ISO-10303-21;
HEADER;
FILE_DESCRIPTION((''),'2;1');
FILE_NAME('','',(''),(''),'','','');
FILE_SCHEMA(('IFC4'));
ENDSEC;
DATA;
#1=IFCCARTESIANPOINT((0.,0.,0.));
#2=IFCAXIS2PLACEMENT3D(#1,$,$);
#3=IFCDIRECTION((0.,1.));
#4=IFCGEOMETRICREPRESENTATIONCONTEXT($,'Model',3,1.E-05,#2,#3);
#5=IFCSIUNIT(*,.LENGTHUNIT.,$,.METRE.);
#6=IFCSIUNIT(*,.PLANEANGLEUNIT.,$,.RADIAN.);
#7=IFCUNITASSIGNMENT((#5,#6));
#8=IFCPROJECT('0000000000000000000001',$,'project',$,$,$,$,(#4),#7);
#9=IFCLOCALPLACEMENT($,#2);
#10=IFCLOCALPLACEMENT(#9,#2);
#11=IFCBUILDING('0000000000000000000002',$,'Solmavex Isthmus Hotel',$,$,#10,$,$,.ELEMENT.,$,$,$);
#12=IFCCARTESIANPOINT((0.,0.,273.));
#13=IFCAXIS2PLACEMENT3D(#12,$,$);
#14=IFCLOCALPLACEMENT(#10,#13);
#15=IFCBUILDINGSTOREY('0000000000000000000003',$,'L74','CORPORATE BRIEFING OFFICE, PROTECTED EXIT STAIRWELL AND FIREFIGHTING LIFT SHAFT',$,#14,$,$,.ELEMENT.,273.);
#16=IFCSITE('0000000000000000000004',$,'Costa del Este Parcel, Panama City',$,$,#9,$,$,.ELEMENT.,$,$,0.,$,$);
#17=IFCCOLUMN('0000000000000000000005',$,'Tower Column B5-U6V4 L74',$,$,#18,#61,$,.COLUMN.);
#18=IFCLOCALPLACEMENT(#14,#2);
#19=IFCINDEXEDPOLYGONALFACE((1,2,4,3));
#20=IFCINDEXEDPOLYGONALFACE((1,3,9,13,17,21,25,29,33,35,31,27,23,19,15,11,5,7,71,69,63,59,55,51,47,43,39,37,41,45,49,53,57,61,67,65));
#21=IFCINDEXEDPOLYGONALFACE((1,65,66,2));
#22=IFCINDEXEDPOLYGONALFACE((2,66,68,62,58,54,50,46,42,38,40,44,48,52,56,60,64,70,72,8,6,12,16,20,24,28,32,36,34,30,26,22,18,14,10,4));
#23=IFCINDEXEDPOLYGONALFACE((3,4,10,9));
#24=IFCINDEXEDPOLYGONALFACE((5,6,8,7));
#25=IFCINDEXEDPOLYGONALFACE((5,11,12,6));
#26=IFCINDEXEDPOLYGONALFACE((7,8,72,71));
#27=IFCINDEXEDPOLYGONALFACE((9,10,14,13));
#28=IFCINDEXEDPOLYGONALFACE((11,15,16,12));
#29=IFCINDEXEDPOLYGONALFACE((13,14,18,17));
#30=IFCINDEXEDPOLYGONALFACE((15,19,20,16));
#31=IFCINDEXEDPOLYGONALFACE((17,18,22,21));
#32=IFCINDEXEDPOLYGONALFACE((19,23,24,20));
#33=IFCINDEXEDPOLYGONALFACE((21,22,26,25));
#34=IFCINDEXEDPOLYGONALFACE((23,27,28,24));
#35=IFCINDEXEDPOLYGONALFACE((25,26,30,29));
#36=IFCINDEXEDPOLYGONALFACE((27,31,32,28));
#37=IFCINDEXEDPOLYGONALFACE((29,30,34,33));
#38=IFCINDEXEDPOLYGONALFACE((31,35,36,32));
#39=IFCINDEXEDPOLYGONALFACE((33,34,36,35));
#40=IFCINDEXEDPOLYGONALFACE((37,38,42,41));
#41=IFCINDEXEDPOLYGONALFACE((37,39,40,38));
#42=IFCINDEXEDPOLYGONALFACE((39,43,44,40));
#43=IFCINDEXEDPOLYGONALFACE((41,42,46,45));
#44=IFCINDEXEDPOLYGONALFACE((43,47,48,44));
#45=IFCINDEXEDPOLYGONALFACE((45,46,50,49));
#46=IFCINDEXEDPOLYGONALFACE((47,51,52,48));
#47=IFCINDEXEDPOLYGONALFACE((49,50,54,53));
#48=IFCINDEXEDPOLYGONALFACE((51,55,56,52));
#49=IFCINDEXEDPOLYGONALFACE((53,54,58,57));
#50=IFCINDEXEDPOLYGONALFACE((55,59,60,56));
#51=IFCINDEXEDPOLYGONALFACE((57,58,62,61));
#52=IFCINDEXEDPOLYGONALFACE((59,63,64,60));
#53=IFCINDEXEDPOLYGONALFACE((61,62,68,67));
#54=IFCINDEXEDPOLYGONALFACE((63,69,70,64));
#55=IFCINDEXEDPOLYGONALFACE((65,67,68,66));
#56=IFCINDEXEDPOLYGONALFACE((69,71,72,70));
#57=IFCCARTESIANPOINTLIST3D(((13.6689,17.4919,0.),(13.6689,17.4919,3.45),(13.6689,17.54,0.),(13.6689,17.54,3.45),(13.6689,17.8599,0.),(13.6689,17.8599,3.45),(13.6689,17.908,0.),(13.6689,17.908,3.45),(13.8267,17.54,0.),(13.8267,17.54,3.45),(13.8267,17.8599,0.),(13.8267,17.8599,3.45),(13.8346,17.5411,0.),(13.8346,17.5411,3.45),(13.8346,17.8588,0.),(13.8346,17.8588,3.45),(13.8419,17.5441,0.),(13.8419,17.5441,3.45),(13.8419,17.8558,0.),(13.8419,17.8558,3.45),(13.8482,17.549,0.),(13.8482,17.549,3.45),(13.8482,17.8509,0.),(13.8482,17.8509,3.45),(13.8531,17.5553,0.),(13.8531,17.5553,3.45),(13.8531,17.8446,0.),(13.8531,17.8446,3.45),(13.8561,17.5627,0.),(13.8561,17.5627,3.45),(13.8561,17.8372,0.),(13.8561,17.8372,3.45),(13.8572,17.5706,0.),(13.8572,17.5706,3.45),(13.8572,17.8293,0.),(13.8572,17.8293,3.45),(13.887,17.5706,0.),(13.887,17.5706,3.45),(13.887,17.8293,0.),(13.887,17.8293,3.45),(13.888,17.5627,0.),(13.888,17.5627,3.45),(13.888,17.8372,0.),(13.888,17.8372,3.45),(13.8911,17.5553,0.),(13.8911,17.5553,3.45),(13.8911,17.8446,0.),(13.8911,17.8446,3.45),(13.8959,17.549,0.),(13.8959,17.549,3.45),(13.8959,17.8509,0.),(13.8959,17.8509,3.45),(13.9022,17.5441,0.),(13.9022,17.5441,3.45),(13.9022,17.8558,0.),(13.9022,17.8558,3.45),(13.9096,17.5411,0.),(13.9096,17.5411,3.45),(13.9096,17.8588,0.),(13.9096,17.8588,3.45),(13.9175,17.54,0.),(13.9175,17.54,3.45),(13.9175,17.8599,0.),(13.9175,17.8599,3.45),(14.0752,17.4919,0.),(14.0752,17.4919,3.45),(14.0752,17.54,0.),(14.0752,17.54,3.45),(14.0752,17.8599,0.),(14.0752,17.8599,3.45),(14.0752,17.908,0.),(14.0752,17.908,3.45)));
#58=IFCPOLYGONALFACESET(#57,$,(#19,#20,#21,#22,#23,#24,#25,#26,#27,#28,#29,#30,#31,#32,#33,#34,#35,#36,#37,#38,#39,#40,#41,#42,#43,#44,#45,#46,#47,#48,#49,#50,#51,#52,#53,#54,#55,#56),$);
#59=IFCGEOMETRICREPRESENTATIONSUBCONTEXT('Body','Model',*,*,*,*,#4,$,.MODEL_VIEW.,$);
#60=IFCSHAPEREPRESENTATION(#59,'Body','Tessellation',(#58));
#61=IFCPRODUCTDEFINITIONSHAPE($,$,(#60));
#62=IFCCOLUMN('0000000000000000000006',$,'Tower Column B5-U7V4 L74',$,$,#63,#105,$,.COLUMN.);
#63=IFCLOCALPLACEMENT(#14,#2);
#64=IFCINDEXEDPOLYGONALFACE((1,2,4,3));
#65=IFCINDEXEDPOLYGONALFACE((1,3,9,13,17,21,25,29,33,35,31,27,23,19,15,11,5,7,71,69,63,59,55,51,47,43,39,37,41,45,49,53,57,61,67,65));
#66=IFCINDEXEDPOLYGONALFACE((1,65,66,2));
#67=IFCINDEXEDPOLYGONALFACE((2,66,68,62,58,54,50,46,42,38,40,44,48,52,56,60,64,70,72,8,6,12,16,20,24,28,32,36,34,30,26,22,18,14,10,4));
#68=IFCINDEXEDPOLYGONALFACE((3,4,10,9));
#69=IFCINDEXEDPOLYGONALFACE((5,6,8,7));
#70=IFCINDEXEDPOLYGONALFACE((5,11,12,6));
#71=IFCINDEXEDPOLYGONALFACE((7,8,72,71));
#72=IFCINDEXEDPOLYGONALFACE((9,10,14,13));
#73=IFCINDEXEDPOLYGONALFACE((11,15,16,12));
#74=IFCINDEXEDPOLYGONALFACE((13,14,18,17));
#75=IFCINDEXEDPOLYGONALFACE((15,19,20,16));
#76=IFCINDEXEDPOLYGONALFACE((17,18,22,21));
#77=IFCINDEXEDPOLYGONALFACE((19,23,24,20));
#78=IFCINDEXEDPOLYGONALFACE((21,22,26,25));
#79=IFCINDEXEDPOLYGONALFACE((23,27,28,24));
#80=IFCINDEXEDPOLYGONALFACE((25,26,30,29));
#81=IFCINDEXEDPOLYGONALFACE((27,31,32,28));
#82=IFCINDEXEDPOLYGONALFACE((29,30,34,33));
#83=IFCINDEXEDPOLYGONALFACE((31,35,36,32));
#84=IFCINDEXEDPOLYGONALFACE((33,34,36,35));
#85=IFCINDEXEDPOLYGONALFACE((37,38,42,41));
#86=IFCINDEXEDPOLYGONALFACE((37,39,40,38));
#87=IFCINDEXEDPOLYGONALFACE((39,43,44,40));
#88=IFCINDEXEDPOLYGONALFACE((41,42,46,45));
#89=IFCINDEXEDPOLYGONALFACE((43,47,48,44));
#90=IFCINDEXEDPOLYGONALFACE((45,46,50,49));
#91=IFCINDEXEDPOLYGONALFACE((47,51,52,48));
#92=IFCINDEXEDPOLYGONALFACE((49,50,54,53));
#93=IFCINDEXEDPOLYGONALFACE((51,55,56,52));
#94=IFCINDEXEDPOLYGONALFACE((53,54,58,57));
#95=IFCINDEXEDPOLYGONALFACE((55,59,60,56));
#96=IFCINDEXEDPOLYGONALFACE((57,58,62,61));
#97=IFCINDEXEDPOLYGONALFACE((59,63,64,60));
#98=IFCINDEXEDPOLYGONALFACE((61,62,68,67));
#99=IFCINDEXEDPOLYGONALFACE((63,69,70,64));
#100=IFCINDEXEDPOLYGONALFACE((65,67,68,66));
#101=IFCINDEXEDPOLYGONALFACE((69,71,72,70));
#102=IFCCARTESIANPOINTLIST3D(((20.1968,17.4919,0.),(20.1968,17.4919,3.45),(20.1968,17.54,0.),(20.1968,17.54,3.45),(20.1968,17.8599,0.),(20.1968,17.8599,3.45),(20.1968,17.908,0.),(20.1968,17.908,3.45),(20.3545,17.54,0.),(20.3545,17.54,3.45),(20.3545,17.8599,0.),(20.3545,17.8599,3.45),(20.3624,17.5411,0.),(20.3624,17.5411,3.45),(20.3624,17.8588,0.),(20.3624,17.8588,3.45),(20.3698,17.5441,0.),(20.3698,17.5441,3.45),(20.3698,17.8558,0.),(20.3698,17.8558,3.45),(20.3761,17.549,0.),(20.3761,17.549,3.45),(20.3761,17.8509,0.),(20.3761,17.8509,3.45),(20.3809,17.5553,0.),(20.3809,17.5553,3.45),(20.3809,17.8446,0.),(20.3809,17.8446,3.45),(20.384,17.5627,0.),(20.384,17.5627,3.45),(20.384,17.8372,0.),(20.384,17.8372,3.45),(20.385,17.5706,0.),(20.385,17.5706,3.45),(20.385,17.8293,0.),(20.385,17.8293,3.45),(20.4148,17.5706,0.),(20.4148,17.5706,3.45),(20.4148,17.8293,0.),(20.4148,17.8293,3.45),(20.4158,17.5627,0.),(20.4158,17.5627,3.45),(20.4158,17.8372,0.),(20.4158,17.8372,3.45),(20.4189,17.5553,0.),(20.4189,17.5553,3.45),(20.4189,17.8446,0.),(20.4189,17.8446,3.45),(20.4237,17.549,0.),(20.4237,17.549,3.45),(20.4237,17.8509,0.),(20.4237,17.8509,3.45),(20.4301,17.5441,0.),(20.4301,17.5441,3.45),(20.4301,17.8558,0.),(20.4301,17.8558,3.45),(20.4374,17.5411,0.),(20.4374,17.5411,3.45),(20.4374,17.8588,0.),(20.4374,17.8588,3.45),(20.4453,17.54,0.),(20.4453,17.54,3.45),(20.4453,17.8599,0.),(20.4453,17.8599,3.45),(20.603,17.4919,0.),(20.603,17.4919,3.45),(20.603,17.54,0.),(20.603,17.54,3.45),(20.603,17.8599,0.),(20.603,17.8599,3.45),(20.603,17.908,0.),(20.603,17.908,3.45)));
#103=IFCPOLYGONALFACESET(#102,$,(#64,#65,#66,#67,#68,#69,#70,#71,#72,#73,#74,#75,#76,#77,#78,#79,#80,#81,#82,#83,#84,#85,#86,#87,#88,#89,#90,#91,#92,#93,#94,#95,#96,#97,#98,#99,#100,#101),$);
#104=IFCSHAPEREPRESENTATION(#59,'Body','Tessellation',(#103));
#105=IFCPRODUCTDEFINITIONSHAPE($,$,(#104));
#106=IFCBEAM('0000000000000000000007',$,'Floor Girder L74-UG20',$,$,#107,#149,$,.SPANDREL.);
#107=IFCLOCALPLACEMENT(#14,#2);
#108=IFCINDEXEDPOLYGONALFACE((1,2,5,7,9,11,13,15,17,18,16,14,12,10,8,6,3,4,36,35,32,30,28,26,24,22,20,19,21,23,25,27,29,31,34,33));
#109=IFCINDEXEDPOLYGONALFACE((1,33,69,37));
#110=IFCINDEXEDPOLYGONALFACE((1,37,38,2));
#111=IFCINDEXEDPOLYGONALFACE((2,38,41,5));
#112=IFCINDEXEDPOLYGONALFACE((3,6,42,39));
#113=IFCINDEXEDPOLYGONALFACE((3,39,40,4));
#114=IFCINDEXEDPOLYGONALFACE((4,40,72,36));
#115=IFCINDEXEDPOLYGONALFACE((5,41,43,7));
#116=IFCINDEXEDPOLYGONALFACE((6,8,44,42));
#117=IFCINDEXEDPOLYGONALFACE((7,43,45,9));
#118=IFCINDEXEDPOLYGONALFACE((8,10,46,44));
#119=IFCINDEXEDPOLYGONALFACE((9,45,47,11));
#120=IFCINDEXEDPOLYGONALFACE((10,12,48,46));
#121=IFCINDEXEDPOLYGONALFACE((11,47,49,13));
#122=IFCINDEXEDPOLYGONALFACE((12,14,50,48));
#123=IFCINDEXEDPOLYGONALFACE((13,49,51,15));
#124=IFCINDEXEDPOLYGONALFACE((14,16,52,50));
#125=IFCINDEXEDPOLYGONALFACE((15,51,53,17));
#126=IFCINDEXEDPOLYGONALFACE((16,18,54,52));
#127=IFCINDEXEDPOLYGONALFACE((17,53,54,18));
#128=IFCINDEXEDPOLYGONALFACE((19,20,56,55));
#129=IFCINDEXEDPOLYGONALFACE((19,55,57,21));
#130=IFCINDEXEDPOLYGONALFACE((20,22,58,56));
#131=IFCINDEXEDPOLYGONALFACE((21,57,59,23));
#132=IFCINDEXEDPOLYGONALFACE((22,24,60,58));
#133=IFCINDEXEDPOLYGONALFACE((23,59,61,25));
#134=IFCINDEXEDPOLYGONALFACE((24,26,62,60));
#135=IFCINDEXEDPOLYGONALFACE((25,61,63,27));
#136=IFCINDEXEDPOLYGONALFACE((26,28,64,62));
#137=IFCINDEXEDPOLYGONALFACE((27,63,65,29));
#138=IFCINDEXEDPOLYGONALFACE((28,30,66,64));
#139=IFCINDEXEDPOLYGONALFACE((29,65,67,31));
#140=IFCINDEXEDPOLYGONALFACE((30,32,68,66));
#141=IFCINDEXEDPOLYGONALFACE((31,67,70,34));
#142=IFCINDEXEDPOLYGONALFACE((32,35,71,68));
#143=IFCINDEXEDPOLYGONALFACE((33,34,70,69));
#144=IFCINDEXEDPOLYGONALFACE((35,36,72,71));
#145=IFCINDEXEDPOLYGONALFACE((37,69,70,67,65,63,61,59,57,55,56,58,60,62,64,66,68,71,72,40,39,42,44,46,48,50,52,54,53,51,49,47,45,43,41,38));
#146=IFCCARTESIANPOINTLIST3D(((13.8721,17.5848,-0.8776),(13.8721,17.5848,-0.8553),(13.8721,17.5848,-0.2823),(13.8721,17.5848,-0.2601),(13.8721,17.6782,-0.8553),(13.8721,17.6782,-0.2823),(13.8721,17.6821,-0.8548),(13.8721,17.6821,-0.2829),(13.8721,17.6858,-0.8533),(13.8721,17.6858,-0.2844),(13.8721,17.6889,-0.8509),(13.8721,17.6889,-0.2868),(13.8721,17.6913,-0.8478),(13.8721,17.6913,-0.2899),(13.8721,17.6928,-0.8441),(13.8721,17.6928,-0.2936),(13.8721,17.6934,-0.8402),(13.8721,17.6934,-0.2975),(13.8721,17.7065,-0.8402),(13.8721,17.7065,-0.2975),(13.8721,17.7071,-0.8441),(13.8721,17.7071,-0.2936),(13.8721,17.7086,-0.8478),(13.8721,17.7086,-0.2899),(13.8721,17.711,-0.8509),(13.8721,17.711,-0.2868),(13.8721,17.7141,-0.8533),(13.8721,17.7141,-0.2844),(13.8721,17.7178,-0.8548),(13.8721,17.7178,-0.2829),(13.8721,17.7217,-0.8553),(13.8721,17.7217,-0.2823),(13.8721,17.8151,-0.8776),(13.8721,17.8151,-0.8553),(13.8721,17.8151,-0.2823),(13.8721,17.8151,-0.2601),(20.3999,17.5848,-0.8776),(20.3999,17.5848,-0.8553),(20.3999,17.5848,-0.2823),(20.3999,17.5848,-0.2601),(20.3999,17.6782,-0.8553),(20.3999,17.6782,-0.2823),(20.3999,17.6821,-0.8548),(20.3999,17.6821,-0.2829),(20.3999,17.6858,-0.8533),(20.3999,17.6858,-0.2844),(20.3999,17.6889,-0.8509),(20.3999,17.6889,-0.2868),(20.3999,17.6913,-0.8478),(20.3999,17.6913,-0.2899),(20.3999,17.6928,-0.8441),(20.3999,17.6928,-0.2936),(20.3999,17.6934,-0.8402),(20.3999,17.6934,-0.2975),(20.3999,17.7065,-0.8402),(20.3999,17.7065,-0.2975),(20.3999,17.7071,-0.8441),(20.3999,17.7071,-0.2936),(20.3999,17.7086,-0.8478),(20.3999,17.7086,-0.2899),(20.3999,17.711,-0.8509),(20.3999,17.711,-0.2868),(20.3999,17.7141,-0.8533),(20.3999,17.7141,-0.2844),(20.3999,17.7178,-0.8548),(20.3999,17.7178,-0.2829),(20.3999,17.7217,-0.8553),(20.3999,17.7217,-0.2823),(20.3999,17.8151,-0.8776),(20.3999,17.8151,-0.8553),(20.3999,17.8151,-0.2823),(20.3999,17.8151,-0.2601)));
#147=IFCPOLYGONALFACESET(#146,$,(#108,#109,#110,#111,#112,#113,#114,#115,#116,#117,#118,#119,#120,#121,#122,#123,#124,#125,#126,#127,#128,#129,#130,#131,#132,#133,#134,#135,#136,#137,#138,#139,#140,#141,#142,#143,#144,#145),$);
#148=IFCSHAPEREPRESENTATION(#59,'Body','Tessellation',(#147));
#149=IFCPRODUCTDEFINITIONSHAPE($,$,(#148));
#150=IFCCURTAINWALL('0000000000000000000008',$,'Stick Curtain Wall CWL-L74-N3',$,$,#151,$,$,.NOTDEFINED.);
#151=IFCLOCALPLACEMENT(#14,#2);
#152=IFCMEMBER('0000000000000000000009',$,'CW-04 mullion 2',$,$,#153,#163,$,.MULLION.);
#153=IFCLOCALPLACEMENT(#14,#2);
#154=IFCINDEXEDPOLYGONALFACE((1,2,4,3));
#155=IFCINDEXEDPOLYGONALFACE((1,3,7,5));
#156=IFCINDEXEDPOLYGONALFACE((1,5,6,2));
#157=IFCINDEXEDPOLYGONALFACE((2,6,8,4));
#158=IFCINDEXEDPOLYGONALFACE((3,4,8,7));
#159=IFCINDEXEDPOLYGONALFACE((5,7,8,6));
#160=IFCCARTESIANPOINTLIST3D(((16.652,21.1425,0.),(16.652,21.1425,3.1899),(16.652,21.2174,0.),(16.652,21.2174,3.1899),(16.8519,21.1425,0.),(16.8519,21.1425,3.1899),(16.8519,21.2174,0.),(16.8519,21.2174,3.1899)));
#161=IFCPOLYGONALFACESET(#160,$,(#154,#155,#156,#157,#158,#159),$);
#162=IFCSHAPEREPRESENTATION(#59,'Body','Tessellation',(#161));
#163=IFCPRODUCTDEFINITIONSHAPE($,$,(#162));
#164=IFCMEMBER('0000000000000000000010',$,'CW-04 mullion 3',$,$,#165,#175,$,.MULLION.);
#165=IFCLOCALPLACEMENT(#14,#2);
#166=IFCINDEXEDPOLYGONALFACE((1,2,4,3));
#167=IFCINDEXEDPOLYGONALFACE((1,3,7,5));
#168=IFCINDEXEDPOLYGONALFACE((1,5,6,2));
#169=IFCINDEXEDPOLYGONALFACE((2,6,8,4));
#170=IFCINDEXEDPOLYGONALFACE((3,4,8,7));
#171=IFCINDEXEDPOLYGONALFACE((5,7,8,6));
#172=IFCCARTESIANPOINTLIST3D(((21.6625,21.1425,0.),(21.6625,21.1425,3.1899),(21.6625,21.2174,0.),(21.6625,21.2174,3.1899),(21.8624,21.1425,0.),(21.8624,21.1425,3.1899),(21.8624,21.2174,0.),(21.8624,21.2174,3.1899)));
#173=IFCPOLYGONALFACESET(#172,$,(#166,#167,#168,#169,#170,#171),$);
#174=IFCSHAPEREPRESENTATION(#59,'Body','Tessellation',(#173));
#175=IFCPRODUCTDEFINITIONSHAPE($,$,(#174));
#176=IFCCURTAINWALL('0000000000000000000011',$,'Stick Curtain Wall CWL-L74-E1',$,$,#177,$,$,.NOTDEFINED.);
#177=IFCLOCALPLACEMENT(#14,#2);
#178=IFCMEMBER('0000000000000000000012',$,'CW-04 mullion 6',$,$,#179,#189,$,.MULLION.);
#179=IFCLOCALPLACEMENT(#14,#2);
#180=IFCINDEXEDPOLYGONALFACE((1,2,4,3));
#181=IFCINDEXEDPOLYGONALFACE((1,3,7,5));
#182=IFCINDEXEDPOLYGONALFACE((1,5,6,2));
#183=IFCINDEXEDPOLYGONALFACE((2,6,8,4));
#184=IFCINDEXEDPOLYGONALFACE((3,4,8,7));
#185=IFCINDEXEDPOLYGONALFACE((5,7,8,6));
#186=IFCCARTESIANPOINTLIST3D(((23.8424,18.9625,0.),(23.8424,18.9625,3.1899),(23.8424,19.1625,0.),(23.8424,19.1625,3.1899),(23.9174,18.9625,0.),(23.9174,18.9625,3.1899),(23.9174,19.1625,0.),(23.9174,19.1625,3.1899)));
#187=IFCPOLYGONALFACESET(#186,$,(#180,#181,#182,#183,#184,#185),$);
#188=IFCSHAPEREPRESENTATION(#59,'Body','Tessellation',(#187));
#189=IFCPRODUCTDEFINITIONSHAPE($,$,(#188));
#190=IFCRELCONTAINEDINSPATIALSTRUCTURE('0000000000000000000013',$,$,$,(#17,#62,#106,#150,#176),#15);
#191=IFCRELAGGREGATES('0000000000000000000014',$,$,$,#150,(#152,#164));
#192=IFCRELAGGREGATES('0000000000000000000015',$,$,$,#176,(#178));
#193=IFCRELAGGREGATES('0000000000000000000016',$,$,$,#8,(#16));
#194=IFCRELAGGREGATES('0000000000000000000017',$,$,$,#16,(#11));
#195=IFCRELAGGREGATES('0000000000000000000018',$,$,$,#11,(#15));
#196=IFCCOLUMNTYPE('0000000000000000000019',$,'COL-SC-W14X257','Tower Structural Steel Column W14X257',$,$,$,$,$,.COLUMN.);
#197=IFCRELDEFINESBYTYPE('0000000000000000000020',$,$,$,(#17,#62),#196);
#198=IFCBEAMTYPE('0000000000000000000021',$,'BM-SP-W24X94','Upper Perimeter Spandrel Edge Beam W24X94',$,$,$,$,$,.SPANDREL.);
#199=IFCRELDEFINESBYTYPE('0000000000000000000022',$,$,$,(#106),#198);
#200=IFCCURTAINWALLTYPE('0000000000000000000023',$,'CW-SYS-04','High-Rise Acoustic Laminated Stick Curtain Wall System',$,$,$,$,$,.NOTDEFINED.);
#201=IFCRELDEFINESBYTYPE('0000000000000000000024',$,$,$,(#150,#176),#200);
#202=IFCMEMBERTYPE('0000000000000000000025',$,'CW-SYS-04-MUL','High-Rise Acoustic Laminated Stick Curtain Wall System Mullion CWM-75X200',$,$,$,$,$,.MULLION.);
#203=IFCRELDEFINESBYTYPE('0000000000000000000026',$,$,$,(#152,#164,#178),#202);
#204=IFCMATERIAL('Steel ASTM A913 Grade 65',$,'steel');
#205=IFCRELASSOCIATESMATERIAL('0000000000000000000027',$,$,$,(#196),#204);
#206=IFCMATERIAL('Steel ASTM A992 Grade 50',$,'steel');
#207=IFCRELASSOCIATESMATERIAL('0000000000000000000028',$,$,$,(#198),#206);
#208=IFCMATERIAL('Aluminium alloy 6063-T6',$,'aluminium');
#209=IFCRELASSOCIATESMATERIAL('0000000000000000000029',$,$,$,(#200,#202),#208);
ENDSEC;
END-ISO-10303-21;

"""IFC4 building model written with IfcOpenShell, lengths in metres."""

from ifc_helpers import new_model, si_unit, direction, frame, origin, origin_2d, place, context, subcontext, project, spatial, rectangle, i_section, extrude, material, material_profile, profile_set, type_object, element, aggregate, save


model = new_model("IFC4")

# Units and contexts
model_context = context("Model", 3, precision=1e-05, world=origin(), true_north=direction((0.0, 1.0)))
body_context = subcontext(model_context, "Body", "Model", "MODEL_VIEW")
ifc_project = project(units=[si_unit("LENGTHUNIT", "METRE"), si_unit("PLANEANGLEUNIT", "RADIAN")], contexts=[model_context])

# Site, building, storey
site_placement = place(None, origin())
site = spatial("IfcSite", under=ifc_project, at=site_placement, Name="Costa del Este Parcel, Panama City", CompositionType="ELEMENT", RefElevation=0.0)
building_placement = place(site_placement, origin())
building = spatial("IfcBuilding", under=site, at=building_placement, Name="Solmavex Isthmus Hotel", CompositionType="ELEMENT")
storey_placement = place(building_placement, frame((0.0, 0.0, 273.0)))
storey = spatial("IfcBuildingStorey", under=building, at=storey_placement, Name="L74", Description="CORPORATE BRIEFING OFFICE, PROTECTED EXIT STAIRWELL AND FIREFIGHTING LIFT SHAFT", CompositionType="ELEMENT", Elevation=273.0)

# Columns
ifc_material_1 = material(Name="Steel ASTM A913 Grade 65", Category="steel")
ifc_material_profile_1 = material_profile(ifc_material_1, i_section(OverallWidth=0.4062, OverallDepth=0.416, WebThickness=0.0298, FlangeThickness=0.0481, FilletRadius=0.0305, at=origin_2d()), Name="W14X257")
ifc_profile_set_1 = profile_set([ifc_material_profile_1], Name="Steel ASTM A913 Grade 65")
column_type = type_object("IfcColumnType", Name="COL-SC-W14X257", Description="Tower Structural Steel Column W14X257", PredefinedType="COLUMN", material=ifc_profile_set_1)
for number, where, z_axis, x_axis, name in (
    (1, (13.8721, 17.7, 0.0), (0.0, 0.0, 1.0), (1.0, 0.0, 0.0), "Tower Column B5-U6V4 L74"),
    (2, (20.3999, 17.7, 0.0), (0.0, 0.0, 1.0), (1.0, 0.0, 0.0), "Tower Column B5-U7V4 L74"),
):
    element("IfcColumn", number, at=place(storey_placement, frame(where, z_axis=z_axis, x_axis=x_axis)), inside=storey, type_object=column_type, Name=name, PredefinedType="COLUMN", context=body_context, shape_type="SweptSolid", body=[
        extrude(i_section(OverallWidth=0.4062, OverallDepth=0.416, WebThickness=0.0298, FlangeThickness=0.0481, FilletRadius=0.0305, at=origin_2d()), origin(), (0.0, 0.0, 1.0), 3.45),
    ])

# Beam
ifc_material_2 = material(Name="Steel ASTM A992 Grade 50", Category="steel")
ifc_material_profile_2 = material_profile(ifc_material_2, i_section(OverallWidth=0.2302, OverallDepth=0.6174, WebThickness=0.0132, FlangeThickness=0.0222, FilletRadius=0.0151, at=origin_2d()), Name="W24X94")
ifc_profile_set_2 = profile_set([ifc_material_profile_2], Name="Steel ASTM A992 Grade 50")
beam_type = type_object("IfcBeamType", Name="BM-SP-W24X94", Description="Upper Perimeter Spandrel Edge Beam W24X94", PredefinedType="SPANDREL", material=ifc_profile_set_2)
beam_placement = place(storey_placement, frame((13.8721, 17.7, -0.5688), z_axis=(1.0, 0.0, 0.0), x_axis=(0.0, 1.0, 0.0)))
element("IfcBeam", 3, at=beam_placement, inside=storey, type_object=beam_type, Name="Floor Girder L74-UG20", PredefinedType="SPANDREL", context=body_context, shape_type="SweptSolid", body=[
    extrude(i_section(OverallWidth=0.2302, OverallDepth=0.6174, WebThickness=0.0132, FlangeThickness=0.0222, FilletRadius=0.0151, at=origin_2d()), origin(), (0.0, 0.0, 1.0), 6.5278),
])

# Curtain wall, members
ifc_material_3 = material(Name="Aluminium alloy 6063-T6", Category="aluminium")
curtain_wall_type = type_object("IfcCurtainWallType", Name="CW-SYS-04", Description="High-Rise Acoustic Laminated Stick Curtain Wall System", PredefinedType="NOTDEFINED", material=ifc_material_3)
curtain_wall_1_placement = place(storey_placement, origin())
curtain_wall_1 = element("IfcCurtainWall", 4, at=curtain_wall_1_placement, inside=storey, type_object=curtain_wall_type, Name="Stick Curtain Wall CWL-L74-N3", PredefinedType="NOTDEFINED")
ifc_material_profile_3 = material_profile(ifc_material_3, rectangle(XDim=0.075, YDim=0.2, at=origin_2d()), Name="CWM-75X200")
ifc_profile_set_3 = profile_set([ifc_material_profile_3], Name="Aluminium alloy 6063-T6")
member_type_1 = type_object("IfcMemberType", Name="CW-SYS-04-MUL", Description="High-Rise Acoustic Laminated Stick Curtain Wall System Mullion CWM-75X200", PredefinedType="MULLION", material=ifc_profile_set_3)
member_1_placement = place(storey_placement, frame((16.752, 21.1799, 0.0), z_axis=(0.0, 0.0, 1.0), x_axis=(0.0, 1.0, 0.0)))
member_1 = element("IfcMember", 5, at=member_1_placement, type_object=member_type_1, Name="CW-04 mullion 2", PredefinedType="MULLION", context=body_context, shape_type="SweptSolid", body=[
    extrude(rectangle(XDim=0.075, YDim=0.2, at=origin_2d()), origin(), (0.0, 0.0, 1.0), 3.1899),
])
member_2_placement = place(storey_placement, frame((21.7625, 21.1799, 0.0), z_axis=(0.0, 0.0, 1.0), x_axis=(0.0, 1.0, 0.0)))
member_2 = element("IfcMember", 6, at=member_2_placement, type_object=member_type_1, Name="CW-04 mullion 3", PredefinedType="MULLION", context=body_context, shape_type="SweptSolid", body=[
    extrude(rectangle(XDim=0.075, YDim=0.2, at=origin_2d()), origin(), (0.0, 0.0, 1.0), 3.1899),
])

# Curtain wall, member
curtain_wall_2_placement = place(storey_placement, origin())
curtain_wall_2 = element("IfcCurtainWall", 7, at=curtain_wall_2_placement, inside=storey, type_object=curtain_wall_type, Name="Stick Curtain Wall CWL-L74-E1", PredefinedType="NOTDEFINED")
member_3_placement = place(storey_placement, frame((23.8799, 19.0625, 0.0), z_axis=(0.0, 0.0, 1.0), x_axis=(-1.0, 0.0, 0.0)))
member_3 = element("IfcMember", 8, at=member_3_placement, type_object=member_type_1, Name="CW-04 mullion 6", PredefinedType="MULLION", context=body_context, shape_type="SweptSolid", body=[
    extrude(rectangle(XDim=0.075, YDim=0.2, at=origin_2d()), origin(), (0.0, 0.0, 1.0), 3.1899),
])

aggregate(curtain_wall_1, [member_1, member_2])
aggregate(curtain_wall_2, [member_3])

save(model, "model.ifc")
